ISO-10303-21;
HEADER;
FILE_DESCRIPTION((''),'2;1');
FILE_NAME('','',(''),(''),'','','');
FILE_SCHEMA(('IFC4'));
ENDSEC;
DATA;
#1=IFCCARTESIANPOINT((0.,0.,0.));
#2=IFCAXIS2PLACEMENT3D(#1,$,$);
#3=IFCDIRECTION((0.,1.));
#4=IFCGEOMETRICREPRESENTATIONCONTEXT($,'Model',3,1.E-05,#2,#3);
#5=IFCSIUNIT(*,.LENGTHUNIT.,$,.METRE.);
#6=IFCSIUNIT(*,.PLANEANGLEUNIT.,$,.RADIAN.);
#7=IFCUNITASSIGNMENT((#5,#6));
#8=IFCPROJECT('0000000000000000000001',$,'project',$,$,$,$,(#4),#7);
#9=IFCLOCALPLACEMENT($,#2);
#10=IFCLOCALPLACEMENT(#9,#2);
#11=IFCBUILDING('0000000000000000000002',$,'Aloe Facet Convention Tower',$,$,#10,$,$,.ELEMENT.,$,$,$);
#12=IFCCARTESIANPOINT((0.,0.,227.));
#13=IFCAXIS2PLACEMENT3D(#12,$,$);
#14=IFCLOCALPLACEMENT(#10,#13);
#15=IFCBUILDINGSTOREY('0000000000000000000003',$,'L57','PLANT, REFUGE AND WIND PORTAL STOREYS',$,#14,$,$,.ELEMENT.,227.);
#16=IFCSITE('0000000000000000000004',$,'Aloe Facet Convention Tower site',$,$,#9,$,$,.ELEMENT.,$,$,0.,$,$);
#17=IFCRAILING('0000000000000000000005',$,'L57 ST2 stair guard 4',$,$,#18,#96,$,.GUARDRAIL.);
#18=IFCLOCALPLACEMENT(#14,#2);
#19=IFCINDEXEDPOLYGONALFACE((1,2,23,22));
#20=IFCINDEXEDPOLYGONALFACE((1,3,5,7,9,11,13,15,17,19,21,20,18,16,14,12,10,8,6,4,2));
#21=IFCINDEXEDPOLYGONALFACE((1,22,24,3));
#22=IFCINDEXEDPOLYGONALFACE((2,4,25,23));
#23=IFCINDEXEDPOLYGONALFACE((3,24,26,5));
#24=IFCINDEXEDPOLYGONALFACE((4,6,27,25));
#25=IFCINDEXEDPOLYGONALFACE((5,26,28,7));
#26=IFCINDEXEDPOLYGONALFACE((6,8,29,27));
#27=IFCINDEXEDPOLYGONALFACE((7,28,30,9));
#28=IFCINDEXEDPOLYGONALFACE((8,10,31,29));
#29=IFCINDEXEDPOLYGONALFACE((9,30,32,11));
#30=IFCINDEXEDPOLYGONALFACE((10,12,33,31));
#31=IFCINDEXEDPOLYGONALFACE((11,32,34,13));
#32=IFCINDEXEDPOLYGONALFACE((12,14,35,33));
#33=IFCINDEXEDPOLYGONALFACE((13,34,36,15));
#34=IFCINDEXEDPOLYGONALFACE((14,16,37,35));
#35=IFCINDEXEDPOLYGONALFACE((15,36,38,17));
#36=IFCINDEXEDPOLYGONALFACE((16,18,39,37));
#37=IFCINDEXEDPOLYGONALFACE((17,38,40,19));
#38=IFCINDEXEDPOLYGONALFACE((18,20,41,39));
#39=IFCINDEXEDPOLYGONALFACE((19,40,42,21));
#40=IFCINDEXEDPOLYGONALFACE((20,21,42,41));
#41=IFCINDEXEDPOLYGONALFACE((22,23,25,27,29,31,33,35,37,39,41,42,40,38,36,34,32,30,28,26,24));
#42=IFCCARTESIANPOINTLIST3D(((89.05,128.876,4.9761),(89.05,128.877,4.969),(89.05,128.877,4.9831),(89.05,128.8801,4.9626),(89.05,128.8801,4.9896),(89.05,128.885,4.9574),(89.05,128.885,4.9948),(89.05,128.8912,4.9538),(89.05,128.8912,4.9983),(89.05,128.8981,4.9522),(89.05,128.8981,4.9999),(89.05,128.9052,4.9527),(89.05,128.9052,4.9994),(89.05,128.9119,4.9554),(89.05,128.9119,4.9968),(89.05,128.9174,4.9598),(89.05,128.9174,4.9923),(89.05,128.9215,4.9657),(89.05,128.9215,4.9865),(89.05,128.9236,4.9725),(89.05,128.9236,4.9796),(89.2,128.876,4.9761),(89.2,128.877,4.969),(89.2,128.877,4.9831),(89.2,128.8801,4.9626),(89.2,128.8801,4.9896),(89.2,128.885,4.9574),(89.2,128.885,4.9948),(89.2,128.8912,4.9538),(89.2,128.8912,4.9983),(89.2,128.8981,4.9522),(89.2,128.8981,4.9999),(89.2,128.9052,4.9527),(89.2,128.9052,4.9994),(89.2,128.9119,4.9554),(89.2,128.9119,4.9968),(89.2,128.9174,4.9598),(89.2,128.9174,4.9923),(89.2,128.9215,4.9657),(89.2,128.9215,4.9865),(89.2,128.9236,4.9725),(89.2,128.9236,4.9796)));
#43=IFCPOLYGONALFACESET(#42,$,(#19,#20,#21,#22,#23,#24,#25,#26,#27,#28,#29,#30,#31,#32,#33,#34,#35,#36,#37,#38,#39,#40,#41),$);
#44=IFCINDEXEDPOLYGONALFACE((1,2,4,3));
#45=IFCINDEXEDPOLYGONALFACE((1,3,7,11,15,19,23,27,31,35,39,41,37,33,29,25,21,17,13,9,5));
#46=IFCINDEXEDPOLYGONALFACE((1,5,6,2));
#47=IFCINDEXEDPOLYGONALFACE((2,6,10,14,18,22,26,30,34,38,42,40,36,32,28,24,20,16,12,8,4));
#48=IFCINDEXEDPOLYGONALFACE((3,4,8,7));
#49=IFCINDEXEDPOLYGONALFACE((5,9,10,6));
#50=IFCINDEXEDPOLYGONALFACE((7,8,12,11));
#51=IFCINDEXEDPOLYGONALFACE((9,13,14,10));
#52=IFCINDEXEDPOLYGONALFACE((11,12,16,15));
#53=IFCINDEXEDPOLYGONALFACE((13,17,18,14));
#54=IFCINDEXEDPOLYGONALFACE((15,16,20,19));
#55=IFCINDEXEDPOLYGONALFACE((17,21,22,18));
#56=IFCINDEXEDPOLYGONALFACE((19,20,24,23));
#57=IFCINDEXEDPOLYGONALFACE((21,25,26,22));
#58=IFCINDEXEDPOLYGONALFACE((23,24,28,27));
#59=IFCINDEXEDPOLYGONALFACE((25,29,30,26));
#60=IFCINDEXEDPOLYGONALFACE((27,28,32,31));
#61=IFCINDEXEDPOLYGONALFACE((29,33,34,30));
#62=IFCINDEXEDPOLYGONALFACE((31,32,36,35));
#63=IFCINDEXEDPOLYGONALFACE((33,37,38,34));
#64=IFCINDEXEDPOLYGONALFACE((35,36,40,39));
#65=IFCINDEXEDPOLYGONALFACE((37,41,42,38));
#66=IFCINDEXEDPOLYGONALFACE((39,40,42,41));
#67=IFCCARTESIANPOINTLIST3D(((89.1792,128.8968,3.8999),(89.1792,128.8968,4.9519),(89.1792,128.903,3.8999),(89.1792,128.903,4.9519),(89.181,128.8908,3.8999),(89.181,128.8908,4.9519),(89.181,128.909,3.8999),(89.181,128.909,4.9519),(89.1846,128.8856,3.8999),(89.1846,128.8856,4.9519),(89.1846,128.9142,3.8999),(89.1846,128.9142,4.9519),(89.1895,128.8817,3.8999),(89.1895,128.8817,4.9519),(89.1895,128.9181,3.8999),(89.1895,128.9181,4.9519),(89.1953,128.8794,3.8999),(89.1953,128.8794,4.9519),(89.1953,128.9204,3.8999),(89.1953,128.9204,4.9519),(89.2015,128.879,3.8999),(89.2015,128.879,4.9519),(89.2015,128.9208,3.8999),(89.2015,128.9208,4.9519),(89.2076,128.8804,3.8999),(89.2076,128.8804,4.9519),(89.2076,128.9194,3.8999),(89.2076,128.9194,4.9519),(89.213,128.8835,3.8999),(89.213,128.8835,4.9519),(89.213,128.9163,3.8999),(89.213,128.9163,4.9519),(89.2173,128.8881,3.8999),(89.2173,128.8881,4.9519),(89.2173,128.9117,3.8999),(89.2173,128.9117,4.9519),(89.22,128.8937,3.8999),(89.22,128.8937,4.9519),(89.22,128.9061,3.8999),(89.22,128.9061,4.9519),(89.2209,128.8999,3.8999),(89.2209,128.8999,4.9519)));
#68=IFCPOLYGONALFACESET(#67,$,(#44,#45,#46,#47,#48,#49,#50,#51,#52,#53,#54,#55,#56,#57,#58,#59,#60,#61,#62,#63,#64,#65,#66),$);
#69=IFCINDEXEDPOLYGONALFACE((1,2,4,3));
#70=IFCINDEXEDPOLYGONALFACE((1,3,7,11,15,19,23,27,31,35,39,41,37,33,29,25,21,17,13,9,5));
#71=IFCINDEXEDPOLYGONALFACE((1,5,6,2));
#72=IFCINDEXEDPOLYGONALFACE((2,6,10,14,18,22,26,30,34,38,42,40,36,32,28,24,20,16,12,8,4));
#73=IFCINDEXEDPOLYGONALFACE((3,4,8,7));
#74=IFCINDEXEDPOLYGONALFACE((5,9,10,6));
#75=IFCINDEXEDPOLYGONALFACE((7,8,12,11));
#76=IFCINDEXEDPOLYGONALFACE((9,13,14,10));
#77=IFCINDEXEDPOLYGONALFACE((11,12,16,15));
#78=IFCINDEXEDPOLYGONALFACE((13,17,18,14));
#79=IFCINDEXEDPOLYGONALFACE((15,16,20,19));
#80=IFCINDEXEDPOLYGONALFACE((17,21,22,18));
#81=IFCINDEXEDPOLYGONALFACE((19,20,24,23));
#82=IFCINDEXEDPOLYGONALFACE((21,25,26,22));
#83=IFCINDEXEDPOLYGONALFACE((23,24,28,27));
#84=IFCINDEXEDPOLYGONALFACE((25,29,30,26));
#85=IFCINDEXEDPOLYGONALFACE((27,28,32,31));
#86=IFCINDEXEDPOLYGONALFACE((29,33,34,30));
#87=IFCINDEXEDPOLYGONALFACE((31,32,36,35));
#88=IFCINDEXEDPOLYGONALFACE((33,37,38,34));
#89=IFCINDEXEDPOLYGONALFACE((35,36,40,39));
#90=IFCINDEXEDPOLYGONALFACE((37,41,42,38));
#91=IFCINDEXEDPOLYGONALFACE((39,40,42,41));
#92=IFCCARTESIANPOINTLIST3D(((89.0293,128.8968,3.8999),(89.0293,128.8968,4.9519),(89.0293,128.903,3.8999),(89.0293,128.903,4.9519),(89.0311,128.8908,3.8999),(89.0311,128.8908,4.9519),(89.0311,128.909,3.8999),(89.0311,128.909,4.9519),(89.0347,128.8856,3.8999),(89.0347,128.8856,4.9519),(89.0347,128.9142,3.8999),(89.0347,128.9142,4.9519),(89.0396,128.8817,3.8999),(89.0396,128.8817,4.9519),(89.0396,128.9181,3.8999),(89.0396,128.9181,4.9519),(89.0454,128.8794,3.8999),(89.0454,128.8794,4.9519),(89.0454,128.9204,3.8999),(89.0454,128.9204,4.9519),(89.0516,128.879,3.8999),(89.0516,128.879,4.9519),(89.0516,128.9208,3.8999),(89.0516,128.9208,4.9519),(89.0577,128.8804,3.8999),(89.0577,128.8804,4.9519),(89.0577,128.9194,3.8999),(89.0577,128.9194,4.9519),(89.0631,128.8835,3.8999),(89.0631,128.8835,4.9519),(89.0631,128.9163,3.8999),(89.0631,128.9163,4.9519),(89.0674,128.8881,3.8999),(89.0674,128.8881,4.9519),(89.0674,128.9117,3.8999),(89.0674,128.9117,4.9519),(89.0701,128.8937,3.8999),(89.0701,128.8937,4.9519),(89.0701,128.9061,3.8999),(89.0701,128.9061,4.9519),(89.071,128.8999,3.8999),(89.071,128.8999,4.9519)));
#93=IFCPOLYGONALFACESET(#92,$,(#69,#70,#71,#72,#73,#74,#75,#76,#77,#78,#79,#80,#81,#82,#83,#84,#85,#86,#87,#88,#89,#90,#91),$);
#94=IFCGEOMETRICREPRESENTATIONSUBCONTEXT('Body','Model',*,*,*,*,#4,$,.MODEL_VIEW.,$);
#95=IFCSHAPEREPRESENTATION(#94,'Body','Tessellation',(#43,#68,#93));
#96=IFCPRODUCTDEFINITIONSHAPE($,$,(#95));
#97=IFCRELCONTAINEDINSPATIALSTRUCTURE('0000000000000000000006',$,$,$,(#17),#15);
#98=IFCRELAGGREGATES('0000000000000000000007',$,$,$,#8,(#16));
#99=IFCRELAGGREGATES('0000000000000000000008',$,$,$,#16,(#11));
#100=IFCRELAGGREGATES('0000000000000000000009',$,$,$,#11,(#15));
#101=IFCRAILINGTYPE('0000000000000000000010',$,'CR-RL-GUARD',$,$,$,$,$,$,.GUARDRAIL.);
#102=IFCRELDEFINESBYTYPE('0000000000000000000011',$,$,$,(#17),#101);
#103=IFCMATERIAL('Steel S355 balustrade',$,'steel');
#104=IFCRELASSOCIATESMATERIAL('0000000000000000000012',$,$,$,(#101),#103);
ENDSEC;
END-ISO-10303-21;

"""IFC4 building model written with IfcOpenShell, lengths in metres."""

from ifc_helpers import new_model, si_unit, direction, frame, origin, origin_2d, place, context, subcontext, project, spatial, circle, extrude, material, type_object, element, save


model = new_model("IFC4")

# Units and contexts
model_context = context("Model", 3, precision=1e-05, world=origin(), true_north=direction((0.0, 1.0)))
body_context = subcontext(model_context, "Body", "Model", "MODEL_VIEW")
ifc_project = project(units=[si_unit("LENGTHUNIT", "METRE"), si_unit("PLANEANGLEUNIT", "RADIAN")], contexts=[model_context])

# Site, building, storey
site_placement = place(None, origin())
site = spatial("IfcSite", under=ifc_project, at=site_placement, Name="Aloe Facet Convention Tower site", CompositionType="ELEMENT", RefElevation=0.0)
building_placement = place(site_placement, origin())
building = spatial("IfcBuilding", under=site, at=building_placement, Name="Aloe Facet Convention Tower", CompositionType="ELEMENT")
storey_placement = place(building_placement, frame((0.0, 0.0, 227.0)))
storey = spatial("IfcBuildingStorey", under=building, at=storey_placement, Name="L57", Description="PLANT, REFUGE AND WIND PORTAL STOREYS", CompositionType="ELEMENT", Elevation=227.0)

# Railing
ifc_material_1 = material(Name="Steel S355 balustrade", Category="steel")
railing_type_1 = type_object("IfcRailingType", Name="CR-RL-GUARD", PredefinedType="GUARDRAIL", material=ifc_material_1)
railing_1_placement = place(storey_placement, frame((89.2, 128.8999, 3.8999)))
element("IfcRailing", 1, at=railing_1_placement, inside=storey, type_object=railing_type_1, Name="L57 ST2 stair guard 4", PredefinedType="GUARDRAIL", context=body_context, shape_type="SweptSolid", body=[
    extrude(circle(Radius=0.0239, at=origin_2d()), frame((0.0, 0.0, 1.0762), z_axis=(-1.0, 0.0, 0.0), x_axis=(0.0, -1.0, 0.0)), (0.0, 0.0, 1.0), 0.1499),
    extrude(circle(Radius=0.021, at=origin_2d()), origin(), (0.0, 0.0, 1.0), 1.052),
    extrude(circle(Radius=0.021, at=origin_2d()), frame((-0.1499, 0.0, 0.0)), (0.0, 0.0, 1.0), 1.052),
])

save(model, "model.ifc")
